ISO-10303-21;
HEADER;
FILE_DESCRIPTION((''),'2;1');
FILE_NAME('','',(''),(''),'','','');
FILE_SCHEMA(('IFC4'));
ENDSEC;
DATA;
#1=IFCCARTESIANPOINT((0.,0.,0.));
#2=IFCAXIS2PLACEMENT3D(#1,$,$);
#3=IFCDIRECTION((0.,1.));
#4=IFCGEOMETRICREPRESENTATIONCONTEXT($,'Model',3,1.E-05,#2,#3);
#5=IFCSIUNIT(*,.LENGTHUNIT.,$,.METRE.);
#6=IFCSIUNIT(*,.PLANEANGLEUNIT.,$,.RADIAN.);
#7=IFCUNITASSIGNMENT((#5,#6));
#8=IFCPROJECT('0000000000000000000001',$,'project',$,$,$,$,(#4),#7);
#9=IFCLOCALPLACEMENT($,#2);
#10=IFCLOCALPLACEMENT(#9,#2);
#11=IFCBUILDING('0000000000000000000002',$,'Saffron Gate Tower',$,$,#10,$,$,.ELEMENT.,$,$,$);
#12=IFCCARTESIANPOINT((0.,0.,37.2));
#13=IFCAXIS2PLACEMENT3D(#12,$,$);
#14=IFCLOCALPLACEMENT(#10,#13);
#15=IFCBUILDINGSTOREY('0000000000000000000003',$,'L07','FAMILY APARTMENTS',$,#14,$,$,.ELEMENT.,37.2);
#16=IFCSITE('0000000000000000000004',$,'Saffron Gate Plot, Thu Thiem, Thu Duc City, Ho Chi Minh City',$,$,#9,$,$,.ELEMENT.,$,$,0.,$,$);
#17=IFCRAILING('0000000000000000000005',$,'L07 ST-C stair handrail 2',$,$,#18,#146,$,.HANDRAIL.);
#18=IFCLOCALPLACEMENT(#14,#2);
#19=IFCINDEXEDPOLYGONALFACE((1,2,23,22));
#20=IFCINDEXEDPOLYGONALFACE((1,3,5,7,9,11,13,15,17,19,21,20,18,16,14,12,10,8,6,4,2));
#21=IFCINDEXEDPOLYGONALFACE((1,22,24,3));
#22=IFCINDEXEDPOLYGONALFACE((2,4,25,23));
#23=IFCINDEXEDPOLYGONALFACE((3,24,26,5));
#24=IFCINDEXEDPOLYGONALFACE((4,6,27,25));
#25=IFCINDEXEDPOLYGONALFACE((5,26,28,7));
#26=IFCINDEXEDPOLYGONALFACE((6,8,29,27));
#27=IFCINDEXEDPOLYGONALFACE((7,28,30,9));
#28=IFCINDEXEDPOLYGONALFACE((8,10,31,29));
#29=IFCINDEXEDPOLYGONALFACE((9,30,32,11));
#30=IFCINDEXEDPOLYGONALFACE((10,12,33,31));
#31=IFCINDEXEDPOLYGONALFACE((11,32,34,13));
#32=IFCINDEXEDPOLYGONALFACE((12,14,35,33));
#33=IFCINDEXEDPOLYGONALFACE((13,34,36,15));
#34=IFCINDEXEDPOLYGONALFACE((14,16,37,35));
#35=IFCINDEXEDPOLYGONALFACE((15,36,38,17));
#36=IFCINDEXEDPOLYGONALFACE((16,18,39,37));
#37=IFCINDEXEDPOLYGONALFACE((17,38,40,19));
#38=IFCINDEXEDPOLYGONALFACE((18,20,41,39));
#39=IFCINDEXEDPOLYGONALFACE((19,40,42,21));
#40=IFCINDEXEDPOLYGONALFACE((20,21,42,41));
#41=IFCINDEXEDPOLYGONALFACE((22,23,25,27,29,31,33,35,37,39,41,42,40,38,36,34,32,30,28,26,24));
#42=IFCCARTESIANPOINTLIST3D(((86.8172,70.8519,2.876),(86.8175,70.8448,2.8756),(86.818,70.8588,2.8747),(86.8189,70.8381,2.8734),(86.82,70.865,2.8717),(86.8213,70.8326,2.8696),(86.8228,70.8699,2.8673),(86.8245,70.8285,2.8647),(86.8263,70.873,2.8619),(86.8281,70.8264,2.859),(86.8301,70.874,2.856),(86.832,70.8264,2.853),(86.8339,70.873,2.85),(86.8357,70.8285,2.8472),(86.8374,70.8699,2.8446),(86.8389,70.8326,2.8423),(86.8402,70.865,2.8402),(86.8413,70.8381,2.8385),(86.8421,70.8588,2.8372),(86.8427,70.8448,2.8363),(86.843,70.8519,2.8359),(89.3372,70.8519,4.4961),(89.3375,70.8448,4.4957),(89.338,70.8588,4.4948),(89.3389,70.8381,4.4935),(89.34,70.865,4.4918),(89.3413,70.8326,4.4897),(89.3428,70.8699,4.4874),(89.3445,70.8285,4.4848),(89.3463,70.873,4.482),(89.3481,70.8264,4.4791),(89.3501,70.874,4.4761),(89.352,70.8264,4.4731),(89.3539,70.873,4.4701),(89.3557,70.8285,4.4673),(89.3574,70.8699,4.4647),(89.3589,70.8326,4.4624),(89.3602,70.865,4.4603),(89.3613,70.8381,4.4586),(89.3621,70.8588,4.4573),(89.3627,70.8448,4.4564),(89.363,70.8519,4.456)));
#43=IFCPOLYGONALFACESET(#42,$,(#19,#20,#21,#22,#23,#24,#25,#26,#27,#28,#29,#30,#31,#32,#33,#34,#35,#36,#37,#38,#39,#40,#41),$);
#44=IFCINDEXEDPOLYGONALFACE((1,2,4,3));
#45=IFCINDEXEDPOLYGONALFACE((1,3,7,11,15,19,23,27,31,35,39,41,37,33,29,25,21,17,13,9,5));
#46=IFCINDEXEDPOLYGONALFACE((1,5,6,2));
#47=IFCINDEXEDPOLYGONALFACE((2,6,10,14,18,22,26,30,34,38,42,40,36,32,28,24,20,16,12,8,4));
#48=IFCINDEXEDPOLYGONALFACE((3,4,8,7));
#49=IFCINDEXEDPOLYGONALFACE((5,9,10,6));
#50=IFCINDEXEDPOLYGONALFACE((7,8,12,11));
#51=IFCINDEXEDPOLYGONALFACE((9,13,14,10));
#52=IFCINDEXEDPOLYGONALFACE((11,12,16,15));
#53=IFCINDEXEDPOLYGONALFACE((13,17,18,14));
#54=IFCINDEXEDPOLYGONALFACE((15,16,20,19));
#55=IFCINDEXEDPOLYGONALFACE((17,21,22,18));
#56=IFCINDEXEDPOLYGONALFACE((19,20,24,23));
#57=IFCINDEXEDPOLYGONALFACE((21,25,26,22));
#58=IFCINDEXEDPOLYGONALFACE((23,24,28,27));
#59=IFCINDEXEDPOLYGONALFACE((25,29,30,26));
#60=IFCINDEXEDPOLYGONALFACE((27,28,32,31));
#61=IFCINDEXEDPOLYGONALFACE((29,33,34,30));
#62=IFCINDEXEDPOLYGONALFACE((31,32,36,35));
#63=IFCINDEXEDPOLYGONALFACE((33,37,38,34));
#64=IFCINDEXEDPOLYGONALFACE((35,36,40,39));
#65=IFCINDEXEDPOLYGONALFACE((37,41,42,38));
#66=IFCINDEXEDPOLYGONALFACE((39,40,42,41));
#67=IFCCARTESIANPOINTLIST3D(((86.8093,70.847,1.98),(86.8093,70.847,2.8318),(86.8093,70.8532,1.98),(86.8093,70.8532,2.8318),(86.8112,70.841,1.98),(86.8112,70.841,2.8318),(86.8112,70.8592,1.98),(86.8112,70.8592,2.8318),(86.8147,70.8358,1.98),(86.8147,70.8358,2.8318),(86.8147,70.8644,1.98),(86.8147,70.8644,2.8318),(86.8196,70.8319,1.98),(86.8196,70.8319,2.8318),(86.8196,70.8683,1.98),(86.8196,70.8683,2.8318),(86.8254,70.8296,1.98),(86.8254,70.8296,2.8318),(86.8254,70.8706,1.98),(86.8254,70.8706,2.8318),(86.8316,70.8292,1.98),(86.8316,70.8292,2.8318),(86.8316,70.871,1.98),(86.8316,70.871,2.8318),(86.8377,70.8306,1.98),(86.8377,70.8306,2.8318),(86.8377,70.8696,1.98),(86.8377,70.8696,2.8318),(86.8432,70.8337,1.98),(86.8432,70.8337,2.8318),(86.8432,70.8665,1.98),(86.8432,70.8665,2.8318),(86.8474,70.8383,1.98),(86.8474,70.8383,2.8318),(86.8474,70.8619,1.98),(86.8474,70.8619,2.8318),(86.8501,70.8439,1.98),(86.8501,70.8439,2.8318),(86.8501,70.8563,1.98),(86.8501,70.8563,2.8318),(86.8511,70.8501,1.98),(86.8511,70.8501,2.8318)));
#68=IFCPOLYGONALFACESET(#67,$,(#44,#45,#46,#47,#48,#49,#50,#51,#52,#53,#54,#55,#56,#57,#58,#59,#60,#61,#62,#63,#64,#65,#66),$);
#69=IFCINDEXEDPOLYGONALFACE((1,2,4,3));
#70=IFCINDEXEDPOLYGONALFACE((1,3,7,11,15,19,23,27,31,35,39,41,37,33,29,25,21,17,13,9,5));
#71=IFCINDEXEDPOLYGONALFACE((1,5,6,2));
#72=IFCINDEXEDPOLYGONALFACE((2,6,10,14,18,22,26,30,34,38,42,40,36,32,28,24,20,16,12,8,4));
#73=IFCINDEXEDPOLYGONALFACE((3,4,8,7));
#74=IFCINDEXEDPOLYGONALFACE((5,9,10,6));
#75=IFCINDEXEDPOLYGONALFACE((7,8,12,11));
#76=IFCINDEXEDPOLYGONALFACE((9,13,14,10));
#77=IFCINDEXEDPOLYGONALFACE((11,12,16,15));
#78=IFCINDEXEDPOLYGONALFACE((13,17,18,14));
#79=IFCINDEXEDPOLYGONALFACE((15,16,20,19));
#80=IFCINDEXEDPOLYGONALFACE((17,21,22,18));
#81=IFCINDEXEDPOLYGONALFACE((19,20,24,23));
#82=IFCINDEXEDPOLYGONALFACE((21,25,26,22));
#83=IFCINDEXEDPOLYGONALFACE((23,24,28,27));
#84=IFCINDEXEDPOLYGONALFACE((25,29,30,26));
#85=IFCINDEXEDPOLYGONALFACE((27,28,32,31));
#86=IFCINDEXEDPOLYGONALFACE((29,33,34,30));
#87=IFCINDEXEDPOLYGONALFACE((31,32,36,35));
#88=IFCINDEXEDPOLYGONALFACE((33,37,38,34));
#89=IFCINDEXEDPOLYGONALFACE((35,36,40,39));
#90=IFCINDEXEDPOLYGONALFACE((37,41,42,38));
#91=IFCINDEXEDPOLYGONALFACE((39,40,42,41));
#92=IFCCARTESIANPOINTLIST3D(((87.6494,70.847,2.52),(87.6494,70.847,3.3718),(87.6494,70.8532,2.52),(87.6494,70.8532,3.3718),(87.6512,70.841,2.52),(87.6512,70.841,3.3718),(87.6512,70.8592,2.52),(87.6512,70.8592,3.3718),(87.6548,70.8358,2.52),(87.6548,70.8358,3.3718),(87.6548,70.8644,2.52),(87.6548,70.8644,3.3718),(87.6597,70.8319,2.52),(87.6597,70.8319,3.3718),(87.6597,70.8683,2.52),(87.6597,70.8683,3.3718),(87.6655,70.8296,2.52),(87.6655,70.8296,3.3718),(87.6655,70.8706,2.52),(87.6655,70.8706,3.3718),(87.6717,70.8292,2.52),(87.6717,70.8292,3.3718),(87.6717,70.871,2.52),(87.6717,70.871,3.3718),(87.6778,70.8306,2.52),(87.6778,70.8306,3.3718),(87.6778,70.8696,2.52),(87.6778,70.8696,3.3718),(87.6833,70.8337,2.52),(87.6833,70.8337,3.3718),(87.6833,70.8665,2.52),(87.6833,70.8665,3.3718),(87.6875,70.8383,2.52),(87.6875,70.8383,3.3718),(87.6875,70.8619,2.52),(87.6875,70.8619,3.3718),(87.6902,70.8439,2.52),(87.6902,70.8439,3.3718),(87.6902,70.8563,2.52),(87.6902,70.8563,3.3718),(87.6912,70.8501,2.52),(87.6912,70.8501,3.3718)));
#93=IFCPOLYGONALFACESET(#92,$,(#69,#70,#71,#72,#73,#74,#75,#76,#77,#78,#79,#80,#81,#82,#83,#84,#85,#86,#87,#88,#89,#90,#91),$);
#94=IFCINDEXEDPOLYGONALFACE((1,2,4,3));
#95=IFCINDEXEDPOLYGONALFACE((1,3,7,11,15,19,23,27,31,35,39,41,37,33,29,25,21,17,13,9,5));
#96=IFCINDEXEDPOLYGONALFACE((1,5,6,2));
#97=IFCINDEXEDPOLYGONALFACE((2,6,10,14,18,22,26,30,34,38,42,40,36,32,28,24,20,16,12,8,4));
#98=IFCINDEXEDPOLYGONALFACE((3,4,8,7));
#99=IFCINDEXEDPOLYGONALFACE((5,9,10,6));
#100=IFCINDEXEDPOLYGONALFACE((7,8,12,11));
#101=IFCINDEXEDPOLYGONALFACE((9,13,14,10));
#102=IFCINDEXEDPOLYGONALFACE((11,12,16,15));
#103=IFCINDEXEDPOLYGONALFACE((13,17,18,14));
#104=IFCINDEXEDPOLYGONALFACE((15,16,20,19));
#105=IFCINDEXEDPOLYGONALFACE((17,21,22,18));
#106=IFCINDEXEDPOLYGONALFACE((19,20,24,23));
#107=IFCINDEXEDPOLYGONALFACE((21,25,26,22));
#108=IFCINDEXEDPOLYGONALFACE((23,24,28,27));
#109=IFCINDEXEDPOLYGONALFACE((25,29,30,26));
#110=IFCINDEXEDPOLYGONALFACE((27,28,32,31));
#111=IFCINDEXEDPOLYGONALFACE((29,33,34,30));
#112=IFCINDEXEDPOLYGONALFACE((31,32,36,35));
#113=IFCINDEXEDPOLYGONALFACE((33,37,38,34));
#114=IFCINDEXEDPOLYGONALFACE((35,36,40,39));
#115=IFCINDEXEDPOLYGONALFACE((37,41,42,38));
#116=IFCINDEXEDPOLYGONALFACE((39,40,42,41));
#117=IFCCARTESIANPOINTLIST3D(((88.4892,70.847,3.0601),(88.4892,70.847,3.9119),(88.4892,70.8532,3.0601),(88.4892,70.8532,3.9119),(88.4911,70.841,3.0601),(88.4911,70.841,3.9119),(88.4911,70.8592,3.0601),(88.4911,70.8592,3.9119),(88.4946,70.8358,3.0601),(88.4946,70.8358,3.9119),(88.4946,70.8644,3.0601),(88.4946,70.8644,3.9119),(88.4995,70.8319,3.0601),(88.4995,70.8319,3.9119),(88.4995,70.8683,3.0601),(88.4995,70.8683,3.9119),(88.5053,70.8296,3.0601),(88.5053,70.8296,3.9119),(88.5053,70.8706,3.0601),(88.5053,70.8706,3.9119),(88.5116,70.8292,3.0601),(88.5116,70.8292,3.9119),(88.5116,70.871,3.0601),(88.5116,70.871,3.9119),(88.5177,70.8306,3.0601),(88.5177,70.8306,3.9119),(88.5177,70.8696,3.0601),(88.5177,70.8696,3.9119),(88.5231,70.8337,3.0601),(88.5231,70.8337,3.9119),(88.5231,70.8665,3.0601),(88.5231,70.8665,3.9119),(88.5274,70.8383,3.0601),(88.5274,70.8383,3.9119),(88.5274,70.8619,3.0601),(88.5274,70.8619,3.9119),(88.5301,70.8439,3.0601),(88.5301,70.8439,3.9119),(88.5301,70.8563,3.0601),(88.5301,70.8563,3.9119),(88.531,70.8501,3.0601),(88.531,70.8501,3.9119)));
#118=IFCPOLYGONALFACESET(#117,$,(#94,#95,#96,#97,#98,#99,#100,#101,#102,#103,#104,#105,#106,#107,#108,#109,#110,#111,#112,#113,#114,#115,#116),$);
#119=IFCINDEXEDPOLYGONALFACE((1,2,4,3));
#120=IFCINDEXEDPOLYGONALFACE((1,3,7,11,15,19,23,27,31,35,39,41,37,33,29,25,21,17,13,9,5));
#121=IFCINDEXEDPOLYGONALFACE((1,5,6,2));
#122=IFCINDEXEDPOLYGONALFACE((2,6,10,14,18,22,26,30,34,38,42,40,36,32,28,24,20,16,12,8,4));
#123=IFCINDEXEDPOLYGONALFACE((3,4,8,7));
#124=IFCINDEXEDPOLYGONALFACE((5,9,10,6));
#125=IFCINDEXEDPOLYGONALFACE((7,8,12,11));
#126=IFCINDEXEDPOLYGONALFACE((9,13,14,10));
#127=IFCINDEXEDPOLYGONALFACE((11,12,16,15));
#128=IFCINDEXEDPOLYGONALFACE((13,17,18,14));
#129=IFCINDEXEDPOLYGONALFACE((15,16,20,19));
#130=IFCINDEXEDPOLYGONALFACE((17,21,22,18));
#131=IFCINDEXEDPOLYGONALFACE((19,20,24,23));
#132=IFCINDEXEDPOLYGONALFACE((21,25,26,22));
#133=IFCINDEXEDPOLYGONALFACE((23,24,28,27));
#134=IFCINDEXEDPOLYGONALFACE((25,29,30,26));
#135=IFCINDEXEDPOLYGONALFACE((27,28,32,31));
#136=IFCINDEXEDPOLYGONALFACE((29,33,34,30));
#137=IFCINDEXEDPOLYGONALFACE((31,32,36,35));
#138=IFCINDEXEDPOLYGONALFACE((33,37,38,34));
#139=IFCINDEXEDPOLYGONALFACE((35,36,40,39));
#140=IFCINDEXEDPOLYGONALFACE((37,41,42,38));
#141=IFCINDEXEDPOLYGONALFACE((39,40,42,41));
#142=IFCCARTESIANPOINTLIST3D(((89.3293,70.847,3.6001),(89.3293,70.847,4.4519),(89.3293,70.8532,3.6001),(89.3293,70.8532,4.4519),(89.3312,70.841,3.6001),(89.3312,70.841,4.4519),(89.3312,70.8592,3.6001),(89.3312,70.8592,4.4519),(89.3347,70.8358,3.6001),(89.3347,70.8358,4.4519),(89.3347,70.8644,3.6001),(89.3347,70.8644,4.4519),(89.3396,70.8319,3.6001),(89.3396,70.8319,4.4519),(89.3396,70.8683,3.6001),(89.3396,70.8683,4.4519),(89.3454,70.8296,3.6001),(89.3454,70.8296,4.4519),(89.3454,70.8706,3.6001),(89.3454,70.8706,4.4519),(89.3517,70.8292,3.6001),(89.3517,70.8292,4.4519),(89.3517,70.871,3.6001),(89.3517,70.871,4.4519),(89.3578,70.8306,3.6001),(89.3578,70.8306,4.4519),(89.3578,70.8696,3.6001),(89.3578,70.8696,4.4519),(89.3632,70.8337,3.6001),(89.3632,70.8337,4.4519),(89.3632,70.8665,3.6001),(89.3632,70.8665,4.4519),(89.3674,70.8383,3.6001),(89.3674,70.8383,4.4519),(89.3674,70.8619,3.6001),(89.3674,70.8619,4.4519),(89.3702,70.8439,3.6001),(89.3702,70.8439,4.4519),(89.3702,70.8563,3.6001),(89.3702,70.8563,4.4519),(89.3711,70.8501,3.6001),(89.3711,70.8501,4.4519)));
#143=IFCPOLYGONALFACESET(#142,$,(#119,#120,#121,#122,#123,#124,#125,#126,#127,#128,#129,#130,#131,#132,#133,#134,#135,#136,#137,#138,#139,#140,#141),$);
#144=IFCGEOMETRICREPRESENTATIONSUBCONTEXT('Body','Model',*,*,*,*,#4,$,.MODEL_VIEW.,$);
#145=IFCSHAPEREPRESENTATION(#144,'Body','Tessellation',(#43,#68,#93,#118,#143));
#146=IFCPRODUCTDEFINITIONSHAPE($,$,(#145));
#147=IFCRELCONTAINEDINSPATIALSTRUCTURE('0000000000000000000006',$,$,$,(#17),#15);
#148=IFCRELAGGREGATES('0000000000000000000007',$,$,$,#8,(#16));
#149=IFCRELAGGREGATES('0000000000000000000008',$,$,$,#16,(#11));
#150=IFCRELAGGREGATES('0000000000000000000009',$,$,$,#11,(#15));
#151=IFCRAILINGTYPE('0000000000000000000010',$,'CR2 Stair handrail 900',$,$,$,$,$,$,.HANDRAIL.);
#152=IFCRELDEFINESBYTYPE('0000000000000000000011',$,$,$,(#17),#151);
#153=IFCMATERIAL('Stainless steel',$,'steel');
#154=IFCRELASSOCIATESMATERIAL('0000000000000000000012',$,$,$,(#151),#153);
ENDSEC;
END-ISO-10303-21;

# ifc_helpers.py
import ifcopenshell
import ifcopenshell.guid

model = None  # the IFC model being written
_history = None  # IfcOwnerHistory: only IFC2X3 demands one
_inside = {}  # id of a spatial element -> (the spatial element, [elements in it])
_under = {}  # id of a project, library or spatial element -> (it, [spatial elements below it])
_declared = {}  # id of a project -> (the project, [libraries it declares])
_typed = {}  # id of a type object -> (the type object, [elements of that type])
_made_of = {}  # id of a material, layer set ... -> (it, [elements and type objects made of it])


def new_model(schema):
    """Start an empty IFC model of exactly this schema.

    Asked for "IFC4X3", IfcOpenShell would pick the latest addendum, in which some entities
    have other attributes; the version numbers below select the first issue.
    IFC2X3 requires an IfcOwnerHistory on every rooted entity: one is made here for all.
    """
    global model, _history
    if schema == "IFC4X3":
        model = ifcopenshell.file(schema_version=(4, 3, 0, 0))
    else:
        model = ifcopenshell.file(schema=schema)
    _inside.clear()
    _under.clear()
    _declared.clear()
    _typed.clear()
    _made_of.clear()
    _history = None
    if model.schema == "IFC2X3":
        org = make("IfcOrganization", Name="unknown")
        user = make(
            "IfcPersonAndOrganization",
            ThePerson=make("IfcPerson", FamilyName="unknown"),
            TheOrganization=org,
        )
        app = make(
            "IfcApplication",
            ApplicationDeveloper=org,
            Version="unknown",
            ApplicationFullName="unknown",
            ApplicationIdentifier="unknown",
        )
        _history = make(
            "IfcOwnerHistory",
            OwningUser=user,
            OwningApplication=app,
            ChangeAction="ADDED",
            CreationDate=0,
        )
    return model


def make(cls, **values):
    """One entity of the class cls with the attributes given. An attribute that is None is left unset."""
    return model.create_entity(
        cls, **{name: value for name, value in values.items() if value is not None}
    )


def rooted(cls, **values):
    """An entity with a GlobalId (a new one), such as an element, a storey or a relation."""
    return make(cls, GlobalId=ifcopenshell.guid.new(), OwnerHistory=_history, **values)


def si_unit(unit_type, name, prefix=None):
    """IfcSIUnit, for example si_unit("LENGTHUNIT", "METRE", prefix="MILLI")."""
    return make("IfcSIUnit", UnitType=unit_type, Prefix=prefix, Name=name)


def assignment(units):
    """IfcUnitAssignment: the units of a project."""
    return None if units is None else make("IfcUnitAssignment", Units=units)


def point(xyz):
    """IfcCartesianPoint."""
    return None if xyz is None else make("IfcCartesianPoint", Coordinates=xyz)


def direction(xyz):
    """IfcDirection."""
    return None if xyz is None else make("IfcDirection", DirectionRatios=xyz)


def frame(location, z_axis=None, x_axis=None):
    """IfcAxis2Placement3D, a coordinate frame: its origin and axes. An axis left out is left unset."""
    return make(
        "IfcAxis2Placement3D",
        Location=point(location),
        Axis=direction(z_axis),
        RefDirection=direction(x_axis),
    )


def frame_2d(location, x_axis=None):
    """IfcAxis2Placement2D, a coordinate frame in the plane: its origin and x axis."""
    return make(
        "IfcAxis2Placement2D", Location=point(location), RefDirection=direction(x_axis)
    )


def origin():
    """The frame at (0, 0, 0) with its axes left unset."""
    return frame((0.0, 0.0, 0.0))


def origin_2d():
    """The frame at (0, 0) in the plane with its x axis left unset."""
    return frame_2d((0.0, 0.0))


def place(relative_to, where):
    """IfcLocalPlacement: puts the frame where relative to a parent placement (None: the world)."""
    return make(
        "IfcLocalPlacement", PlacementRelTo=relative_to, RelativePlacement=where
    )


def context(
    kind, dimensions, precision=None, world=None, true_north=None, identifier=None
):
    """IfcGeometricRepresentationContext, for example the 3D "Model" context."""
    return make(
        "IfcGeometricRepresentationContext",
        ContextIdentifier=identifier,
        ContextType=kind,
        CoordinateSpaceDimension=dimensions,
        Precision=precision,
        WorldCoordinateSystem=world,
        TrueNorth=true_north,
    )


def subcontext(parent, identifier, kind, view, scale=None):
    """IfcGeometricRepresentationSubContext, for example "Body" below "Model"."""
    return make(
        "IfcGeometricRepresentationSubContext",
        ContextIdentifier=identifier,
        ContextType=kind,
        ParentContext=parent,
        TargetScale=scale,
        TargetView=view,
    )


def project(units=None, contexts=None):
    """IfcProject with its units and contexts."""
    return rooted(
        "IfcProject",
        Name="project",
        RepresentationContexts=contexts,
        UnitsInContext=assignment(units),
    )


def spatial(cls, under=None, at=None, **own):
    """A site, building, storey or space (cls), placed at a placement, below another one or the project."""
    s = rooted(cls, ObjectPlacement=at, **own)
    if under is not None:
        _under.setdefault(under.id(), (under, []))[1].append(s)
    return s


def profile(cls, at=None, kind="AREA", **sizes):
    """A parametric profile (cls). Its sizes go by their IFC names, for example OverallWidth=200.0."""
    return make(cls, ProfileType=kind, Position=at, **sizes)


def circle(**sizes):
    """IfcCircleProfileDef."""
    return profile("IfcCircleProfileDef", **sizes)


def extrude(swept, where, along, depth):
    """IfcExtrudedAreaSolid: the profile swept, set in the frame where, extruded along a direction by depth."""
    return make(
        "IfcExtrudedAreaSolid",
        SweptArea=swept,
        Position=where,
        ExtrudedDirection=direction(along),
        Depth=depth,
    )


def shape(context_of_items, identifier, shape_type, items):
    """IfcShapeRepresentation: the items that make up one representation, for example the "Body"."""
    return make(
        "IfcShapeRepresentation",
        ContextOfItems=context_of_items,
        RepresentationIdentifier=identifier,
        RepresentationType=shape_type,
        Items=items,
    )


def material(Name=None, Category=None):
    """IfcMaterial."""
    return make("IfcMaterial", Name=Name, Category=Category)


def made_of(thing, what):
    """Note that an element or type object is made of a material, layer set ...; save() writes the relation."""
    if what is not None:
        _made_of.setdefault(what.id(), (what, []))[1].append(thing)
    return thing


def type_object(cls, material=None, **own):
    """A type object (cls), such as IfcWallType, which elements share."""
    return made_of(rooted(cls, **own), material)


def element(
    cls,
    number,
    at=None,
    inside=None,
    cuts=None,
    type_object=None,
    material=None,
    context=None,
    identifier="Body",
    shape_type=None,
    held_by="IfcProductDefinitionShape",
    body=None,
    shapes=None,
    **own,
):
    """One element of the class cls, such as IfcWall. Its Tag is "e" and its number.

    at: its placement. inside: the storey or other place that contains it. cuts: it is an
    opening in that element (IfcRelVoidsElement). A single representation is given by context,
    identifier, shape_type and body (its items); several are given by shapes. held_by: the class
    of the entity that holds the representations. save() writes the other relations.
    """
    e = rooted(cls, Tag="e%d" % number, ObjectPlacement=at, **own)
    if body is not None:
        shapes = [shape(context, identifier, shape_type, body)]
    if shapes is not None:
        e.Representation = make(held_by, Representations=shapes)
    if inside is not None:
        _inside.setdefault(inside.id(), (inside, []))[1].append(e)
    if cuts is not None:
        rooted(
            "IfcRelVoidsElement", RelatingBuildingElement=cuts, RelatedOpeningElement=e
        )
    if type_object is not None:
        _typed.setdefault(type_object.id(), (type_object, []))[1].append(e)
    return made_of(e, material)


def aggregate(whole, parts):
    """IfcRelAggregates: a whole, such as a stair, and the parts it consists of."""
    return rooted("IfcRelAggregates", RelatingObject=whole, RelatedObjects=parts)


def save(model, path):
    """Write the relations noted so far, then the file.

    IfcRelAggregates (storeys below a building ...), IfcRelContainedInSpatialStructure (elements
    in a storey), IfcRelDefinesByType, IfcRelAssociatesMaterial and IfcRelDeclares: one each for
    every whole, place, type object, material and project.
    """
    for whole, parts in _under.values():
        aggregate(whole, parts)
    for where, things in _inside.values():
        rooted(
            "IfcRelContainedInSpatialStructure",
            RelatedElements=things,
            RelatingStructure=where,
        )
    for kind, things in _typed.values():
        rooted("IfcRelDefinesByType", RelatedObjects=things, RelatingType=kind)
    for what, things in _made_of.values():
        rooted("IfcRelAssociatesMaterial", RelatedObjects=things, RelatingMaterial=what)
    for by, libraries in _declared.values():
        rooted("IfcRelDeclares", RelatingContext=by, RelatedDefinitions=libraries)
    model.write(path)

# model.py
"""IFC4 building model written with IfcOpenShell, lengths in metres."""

from ifc_helpers import new_model, si_unit, direction, frame, origin, origin_2d, place, context, subcontext, project, spatial, circle, extrude, material, type_object, element, save


model = new_model("IFC4")

# Units and contexts
model_context = context("Model", 3, precision=1e-05, world=origin(), true_north=direction((0.0, 1.0)))
body_context = subcontext(model_context, "Body", "Model", "MODEL_VIEW")
ifc_project = project(units=[si_unit("LENGTHUNIT", "METRE"), si_unit("PLANEANGLEUNIT", "RADIAN")], contexts=[model_context])

# Site, building, storey
site_placement = place(None, origin())
site = spatial("IfcSite", under=ifc_project, at=site_placement, Name="Saffron Gate Plot, Thu Thiem, Thu Duc City, Ho Chi Minh City", CompositionType="ELEMENT", RefElevation=0.0)
building_placement = place(site_placement, origin())
building = spatial("IfcBuilding", under=site, at=building_placement, Name="Saffron Gate Tower", CompositionType="ELEMENT")
storey_placement = place(building_placement, frame((0.0, 0.0, 37.2)))
storey = spatial("IfcBuildingStorey", under=building, at=storey_placement, Name="L07", Description="FAMILY APARTMENTS", CompositionType="ELEMENT", Elevation=37.2)

# Railing
ifc_material_1 = material(Name="Stainless steel", Category="steel")
railing_type_1 = type_object("IfcRailingType", Name="CR2 Stair handrail 900", PredefinedType="HANDRAIL", material=ifc_material_1)
railing_1_placement = place(storey_placement, frame((86.8301, 70.8501, 1.98)))
element("IfcRailing", 1, at=railing_1_placement, inside=storey, type_object=railing_type_1, Name="L07 ST-C stair handrail 2", PredefinedType="HANDRAIL", context=body_context, shape_type="SweptSolid", body=[
    extrude(circle(Radius=0.0239, at=origin_2d()), frame((0.0, 0.0, 0.876), z_axis=(0.841163, 0.0, 0.540782), x_axis=(0.0, 1.0, 0.0)), (0.0, 0.0, 1.0), 2.9958),
    extrude(circle(Radius=0.021, at=origin_2d()), origin(), (0.0, 0.0, 1.0), 0.8518),
    extrude(circle(Radius=0.021, at=origin_2d()), frame((0.8401, 0.0, 0.54)), (0.0, 0.0, 1.0), 0.8518),
    extrude(circle(Radius=0.021, at=origin_2d()), frame((1.6799, 0.0, 1.0801)), (0.0, 0.0, 1.0), 0.8518),
    extrude(circle(Radius=0.021, at=origin_2d()), frame((2.52, 0.0, 1.6201)), (0.0, 0.0, 1.0), 0.8518),
])

save(model, "model.ifc")
